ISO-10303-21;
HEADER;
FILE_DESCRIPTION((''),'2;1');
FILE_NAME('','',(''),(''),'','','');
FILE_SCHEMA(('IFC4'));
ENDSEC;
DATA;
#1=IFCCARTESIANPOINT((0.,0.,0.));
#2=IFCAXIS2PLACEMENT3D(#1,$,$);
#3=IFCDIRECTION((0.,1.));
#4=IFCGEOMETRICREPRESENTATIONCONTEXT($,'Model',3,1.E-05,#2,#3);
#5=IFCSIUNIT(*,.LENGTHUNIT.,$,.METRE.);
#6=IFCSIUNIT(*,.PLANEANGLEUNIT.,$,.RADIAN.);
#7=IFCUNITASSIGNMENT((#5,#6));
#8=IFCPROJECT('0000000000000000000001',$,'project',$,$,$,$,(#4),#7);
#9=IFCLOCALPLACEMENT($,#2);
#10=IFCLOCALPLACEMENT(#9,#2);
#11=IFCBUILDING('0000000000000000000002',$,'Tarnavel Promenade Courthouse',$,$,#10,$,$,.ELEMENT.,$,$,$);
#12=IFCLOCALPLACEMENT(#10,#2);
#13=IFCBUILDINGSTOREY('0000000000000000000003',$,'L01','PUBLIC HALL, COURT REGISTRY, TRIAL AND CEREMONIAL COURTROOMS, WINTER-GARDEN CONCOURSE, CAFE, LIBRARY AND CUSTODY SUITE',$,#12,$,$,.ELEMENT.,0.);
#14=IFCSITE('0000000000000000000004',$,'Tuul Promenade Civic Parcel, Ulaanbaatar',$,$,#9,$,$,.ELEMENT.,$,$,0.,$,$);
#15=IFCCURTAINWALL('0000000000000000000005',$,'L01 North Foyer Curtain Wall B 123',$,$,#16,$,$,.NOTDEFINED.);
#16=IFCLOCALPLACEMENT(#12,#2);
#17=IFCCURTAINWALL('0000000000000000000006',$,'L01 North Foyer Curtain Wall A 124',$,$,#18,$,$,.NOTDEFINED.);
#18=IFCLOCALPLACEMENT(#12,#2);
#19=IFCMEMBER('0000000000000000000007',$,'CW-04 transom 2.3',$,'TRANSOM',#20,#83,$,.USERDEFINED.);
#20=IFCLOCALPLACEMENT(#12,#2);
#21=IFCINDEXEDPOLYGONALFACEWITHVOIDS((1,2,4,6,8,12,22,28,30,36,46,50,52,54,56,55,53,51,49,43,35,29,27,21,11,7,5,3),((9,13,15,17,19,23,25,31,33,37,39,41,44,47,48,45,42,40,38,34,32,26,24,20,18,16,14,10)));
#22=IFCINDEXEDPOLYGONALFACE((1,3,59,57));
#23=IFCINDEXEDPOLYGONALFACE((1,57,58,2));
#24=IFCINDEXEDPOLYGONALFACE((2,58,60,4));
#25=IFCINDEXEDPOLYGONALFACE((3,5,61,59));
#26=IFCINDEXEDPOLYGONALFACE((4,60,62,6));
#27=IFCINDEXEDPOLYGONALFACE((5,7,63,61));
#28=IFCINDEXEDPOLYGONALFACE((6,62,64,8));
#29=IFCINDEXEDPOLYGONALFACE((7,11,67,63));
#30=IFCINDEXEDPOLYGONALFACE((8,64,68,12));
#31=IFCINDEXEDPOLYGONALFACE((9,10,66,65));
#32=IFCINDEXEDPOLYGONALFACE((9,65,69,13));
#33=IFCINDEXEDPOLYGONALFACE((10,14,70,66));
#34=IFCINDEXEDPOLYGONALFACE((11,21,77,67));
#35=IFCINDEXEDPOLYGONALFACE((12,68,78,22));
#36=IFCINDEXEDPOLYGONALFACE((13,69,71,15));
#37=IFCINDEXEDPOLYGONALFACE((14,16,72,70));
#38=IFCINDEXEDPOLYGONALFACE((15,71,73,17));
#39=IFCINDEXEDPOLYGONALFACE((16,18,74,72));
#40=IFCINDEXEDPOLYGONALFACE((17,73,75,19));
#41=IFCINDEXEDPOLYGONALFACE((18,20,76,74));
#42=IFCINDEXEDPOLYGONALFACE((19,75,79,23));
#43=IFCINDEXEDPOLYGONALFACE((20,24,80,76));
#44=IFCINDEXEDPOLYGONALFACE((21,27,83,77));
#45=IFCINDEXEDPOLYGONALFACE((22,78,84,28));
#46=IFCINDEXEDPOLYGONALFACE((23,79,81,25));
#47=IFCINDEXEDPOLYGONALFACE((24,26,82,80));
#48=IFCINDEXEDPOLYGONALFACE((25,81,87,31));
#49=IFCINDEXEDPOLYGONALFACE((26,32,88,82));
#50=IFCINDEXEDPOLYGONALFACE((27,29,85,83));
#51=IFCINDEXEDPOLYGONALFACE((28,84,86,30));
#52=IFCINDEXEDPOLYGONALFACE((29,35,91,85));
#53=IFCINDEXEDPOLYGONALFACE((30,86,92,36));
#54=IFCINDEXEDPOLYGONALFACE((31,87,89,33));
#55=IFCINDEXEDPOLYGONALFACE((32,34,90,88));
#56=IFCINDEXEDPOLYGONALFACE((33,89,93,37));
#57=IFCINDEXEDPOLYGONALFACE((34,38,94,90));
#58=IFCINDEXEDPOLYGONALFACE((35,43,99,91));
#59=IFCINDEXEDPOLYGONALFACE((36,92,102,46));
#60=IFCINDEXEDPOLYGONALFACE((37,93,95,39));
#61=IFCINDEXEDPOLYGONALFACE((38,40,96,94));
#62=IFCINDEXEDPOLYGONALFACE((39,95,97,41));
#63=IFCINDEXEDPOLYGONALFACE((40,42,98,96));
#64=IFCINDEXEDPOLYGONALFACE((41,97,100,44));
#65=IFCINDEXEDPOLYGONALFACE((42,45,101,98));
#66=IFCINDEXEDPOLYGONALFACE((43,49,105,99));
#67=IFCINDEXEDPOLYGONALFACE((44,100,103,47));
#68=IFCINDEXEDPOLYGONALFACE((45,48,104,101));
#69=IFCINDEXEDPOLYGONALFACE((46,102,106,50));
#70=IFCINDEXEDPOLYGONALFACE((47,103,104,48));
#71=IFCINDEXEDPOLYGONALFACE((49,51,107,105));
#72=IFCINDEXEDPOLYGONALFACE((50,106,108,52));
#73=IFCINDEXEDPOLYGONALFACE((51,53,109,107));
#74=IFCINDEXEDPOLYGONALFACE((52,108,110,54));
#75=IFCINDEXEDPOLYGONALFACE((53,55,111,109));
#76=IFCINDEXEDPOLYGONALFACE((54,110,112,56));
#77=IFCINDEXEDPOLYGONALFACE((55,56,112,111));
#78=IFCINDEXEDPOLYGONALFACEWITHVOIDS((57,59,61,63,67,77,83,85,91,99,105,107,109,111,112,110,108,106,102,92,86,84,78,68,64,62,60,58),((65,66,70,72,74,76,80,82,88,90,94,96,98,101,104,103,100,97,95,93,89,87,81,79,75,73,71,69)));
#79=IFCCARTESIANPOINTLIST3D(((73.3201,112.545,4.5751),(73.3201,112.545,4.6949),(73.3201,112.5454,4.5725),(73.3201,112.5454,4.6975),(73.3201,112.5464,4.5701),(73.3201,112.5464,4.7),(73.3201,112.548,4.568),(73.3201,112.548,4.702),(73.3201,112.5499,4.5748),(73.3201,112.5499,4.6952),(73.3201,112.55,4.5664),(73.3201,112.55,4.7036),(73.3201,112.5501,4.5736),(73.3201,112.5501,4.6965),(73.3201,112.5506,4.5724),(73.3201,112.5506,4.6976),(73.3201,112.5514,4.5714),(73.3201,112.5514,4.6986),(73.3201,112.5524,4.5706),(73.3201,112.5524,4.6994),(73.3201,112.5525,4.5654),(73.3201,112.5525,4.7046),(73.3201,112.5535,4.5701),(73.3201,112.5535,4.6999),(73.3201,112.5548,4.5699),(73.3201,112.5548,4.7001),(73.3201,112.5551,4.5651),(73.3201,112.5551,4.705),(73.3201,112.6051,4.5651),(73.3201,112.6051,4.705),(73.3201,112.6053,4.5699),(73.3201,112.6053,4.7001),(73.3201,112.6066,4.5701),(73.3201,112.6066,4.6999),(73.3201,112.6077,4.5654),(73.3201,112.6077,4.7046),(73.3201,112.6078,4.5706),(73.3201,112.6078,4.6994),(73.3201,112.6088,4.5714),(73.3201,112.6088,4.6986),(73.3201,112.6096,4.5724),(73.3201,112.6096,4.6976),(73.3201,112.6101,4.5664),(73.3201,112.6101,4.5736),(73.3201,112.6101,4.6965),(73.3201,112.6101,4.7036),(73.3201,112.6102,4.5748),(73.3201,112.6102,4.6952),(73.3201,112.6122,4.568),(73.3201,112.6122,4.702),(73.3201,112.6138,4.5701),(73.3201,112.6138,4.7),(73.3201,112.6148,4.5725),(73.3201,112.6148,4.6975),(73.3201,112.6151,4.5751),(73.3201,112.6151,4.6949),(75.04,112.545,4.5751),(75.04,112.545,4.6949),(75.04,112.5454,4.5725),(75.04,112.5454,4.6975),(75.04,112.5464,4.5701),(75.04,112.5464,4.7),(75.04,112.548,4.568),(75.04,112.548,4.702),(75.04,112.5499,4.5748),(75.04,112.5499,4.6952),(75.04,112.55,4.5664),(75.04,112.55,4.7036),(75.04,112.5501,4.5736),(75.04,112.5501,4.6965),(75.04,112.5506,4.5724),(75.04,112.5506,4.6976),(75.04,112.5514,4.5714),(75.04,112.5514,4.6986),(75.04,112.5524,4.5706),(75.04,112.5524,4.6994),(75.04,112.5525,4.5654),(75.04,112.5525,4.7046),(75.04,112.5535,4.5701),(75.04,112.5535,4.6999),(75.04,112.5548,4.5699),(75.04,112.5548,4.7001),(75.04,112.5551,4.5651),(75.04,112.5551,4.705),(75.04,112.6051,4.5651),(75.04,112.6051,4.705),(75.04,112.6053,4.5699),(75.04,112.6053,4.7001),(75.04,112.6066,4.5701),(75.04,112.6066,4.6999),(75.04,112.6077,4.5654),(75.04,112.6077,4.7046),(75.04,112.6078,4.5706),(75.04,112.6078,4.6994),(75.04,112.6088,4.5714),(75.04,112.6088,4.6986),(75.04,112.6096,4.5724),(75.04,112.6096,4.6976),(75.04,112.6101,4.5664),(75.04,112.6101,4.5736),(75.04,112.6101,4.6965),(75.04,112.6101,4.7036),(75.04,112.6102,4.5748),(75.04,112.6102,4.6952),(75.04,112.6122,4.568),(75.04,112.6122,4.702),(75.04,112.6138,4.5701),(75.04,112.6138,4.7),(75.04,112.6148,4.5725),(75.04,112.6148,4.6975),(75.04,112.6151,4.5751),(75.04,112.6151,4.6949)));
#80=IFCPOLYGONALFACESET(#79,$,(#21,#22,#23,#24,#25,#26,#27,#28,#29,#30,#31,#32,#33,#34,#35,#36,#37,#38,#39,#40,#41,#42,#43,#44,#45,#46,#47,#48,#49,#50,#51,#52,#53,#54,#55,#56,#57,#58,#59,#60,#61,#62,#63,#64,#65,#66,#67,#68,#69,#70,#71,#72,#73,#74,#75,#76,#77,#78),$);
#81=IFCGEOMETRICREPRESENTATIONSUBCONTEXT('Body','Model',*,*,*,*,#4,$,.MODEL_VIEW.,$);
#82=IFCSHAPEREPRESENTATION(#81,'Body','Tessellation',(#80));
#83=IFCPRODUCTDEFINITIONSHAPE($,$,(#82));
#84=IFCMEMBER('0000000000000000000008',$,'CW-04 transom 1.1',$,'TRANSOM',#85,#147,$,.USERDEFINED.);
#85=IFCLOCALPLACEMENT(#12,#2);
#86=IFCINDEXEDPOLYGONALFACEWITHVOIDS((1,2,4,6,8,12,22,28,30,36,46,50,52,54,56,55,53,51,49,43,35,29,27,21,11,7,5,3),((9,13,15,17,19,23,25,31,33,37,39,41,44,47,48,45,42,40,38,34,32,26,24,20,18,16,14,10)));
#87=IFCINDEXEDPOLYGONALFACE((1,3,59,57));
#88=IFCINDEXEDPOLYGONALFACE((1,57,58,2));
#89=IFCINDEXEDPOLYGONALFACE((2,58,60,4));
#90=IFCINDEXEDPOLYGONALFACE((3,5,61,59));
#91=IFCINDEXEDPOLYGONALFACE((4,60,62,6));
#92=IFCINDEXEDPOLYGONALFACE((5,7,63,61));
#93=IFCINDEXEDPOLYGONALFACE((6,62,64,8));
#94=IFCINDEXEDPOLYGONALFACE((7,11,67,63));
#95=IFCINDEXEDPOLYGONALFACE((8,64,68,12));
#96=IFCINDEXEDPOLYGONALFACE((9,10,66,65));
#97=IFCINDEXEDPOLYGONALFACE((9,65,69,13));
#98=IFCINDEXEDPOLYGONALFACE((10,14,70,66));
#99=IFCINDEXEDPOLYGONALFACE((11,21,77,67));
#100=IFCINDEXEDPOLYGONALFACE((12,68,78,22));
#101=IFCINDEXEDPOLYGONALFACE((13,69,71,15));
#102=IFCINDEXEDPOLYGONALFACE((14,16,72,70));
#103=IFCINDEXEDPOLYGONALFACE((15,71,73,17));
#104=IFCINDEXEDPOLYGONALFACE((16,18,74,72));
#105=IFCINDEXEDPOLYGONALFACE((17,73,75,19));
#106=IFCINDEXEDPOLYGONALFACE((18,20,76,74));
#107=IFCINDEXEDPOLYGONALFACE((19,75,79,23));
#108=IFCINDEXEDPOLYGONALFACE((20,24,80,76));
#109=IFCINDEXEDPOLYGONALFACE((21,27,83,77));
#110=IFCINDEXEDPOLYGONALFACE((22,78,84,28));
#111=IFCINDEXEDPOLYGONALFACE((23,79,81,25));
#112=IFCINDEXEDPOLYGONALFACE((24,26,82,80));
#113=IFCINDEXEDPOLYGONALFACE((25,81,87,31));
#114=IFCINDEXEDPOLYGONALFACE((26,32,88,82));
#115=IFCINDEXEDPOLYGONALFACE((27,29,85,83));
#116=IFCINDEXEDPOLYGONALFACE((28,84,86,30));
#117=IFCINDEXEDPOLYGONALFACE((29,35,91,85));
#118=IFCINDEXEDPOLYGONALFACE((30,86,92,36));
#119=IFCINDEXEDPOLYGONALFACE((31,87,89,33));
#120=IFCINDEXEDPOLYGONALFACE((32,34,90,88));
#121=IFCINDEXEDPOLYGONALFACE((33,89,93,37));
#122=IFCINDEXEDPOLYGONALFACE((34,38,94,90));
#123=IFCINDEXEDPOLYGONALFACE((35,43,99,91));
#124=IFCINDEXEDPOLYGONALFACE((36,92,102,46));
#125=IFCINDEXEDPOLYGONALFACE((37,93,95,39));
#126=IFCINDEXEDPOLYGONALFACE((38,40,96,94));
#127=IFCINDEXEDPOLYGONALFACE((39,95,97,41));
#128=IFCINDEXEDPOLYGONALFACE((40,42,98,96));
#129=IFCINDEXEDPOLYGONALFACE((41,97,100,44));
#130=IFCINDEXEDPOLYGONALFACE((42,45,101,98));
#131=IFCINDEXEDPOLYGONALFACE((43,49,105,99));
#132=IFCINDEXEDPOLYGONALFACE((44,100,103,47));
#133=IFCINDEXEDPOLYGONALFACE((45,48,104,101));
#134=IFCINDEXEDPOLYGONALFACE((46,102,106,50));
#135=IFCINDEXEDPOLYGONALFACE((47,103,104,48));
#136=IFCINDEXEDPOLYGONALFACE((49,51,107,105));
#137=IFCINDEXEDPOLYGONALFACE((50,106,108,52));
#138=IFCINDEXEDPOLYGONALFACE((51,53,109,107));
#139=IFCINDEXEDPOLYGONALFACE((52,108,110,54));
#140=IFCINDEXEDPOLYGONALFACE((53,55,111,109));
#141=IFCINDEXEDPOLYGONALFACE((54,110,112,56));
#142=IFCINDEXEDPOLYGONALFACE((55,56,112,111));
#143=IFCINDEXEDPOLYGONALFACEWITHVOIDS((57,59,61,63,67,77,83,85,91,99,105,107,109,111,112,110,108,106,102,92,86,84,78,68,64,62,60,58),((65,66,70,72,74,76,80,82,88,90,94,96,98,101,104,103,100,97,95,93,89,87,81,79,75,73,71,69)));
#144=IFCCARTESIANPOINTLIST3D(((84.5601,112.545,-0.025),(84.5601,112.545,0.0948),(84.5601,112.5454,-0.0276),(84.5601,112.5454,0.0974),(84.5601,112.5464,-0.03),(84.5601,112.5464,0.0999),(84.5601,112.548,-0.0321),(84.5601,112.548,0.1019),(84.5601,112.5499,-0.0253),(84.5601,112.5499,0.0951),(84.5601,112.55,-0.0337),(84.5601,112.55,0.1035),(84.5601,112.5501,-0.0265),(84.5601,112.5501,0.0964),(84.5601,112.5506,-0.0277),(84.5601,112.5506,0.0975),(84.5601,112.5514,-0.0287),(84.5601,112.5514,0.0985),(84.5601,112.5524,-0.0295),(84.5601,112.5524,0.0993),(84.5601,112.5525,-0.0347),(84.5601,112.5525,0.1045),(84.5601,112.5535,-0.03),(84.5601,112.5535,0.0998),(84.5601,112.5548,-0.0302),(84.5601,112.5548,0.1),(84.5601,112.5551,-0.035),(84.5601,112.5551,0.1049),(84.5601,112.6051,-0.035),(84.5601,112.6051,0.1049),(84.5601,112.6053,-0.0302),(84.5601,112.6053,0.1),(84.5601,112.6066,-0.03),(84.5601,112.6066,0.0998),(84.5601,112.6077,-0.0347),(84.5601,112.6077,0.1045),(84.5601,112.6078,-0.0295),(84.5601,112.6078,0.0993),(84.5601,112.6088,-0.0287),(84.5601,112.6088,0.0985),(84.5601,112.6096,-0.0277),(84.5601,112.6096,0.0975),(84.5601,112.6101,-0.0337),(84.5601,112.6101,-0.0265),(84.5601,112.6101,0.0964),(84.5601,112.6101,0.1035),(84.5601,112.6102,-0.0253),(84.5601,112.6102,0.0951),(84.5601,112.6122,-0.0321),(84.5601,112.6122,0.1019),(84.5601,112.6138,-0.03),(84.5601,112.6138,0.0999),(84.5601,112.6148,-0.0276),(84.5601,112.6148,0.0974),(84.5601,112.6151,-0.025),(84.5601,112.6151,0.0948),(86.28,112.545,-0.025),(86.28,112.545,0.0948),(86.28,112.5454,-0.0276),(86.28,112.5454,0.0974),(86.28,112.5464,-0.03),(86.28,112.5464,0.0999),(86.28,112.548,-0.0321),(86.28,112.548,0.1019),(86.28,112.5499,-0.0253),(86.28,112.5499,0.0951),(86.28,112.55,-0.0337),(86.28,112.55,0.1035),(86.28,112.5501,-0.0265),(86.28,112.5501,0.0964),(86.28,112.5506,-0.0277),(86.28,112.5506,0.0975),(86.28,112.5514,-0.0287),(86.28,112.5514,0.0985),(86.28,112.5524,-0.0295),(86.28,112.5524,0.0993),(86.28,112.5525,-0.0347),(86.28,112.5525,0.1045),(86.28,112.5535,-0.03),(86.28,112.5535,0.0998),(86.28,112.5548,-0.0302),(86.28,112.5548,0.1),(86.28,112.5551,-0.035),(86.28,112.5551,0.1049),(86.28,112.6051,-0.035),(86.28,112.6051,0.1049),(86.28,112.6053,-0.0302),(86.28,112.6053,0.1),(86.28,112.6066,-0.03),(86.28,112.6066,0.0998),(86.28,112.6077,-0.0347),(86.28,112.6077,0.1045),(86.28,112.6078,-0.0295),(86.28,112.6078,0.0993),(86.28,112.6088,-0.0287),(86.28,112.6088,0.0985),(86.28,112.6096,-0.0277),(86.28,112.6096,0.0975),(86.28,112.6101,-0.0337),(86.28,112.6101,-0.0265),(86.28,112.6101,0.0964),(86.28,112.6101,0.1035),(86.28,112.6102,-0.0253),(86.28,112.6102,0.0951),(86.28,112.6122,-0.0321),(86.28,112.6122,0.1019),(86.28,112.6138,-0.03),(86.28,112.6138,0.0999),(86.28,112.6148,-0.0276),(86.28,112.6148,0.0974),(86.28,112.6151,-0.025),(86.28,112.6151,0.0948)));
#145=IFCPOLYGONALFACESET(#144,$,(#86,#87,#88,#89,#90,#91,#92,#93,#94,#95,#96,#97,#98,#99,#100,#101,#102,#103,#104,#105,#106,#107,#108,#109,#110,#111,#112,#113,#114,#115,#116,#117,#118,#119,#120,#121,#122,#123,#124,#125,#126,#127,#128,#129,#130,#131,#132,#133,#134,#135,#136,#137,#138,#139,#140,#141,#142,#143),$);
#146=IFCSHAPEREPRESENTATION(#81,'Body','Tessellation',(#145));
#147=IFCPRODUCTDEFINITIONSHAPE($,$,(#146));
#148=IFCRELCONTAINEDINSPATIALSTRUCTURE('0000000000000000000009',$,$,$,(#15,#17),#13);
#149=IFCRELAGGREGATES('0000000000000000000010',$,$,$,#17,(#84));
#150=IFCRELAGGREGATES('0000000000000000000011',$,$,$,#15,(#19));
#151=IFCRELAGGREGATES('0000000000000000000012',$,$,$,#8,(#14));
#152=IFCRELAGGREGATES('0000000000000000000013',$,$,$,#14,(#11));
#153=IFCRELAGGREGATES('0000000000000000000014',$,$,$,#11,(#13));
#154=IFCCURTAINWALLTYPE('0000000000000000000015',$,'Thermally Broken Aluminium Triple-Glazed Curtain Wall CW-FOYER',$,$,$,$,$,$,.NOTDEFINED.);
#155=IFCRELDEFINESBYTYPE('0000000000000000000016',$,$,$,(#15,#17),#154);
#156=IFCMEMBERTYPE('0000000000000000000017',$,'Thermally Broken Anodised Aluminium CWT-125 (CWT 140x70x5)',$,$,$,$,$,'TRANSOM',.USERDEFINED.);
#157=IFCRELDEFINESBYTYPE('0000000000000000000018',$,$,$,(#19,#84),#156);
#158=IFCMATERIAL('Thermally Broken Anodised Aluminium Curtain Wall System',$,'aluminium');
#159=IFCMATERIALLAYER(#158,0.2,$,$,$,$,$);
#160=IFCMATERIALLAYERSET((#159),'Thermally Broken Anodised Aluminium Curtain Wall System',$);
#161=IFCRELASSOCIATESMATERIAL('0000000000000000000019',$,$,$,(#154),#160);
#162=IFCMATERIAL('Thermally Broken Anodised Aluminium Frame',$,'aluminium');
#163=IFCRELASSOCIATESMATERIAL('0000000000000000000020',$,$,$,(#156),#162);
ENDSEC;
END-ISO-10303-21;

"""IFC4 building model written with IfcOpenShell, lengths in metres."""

from ifc_helpers import new_model, si_unit, direction, frame, origin, origin_2d, place, context, subcontext, project, spatial, hollow_rectangle, extrude, material, layer, layer_set, material_profile, profile_set, type_object, element, aggregate, save


model = new_model("IFC4")

# Units and contexts
model_context = context("Model", 3, precision=1e-05, world=origin(), true_north=direction((0.0, 1.0)))
body_context = subcontext(model_context, "Body", "Model", "MODEL_VIEW")
ifc_project = project(units=[si_unit("LENGTHUNIT", "METRE"), si_unit("PLANEANGLEUNIT", "RADIAN")], contexts=[model_context])

# Site, building, storey
site_placement = place(None, origin())
site = spatial("IfcSite", under=ifc_project, at=site_placement, Name="Tuul Promenade Civic Parcel, Ulaanbaatar", CompositionType="ELEMENT", RefElevation=0.0)
building_placement = place(site_placement, origin())
building = spatial("IfcBuilding", under=site, at=building_placement, Name="Tarnavel Promenade Courthouse", CompositionType="ELEMENT")
storey_placement = place(building_placement, origin())
storey = spatial("IfcBuildingStorey", under=building, at=storey_placement, Name="L01", Description="PUBLIC HALL, COURT REGISTRY, TRIAL AND CEREMONIAL COURTROOMS, WINTER-GARDEN CONCOURSE, CAFE, LIBRARY AND CUSTODY SUITE", CompositionType="ELEMENT", Elevation=0.0)

# Shared definitions
ifc_material_1 = material(Name="Thermally Broken Anodised Aluminium Curtain Wall System", Category="aluminium")
ifc_layer_1 = layer(ifc_material_1, 0.2)
ifc_layer_set_1 = layer_set([ifc_layer_1], Name="Thermally Broken Anodised Aluminium Curtain Wall System")
curtain_wall_type = type_object("IfcCurtainWallType", Name="Thermally Broken Aluminium Triple-Glazed Curtain Wall CW-FOYER", PredefinedType="NOTDEFINED", material=ifc_layer_set_1)
ifc_material_2 = material(Name="Thermally Broken Anodised Aluminium Frame", Category="aluminium")

# Curtain wall
curtain_wall_1_placement = place(storey_placement, origin())
curtain_wall_1 = element("IfcCurtainWall", 1, at=curtain_wall_1_placement, inside=storey, type_object=curtain_wall_type, Name="L01 North Foyer Curtain Wall B 123", PredefinedType="NOTDEFINED")

# Curtain wall
curtain_wall_2_placement = place(storey_placement, origin())
curtain_wall_2 = element("IfcCurtainWall", 2, at=curtain_wall_2_placement, inside=storey, type_object=curtain_wall_type, Name="L01 North Foyer Curtain Wall A 124", PredefinedType="NOTDEFINED")

# Members
ifc_material_profile_1 = material_profile(ifc_material_2, hollow_rectangle(XDim=0.0701, YDim=0.1399, WallThickness=0.0049, InnerFilletRadius=0.0049, OuterFilletRadius=0.01, at=origin_2d()), Name="CWT 140x70x5")
ifc_profile_set_1 = profile_set([ifc_material_profile_1], Name="Thermally Broken Anodised Aluminium Frame")
member_type_1 = type_object("IfcMemberType", Name="Thermally Broken Anodised Aluminium CWT-125 (CWT 140x70x5)", ElementType="TRANSOM", PredefinedType="USERDEFINED", material=ifc_profile_set_1)
member_1_placement = place(storey_placement, frame((73.3201, 112.5801, 4.635), z_axis=(1.0, 0.0, 0.0), x_axis=(0.0, 1.0, 0.0)))
member_1 = element("IfcMember", 3, at=member_1_placement, type_object=member_type_1, Name="CW-04 transom 2.3", ObjectType="TRANSOM", PredefinedType="USERDEFINED", context=body_context, shape_type="SweptSolid", body=[
    extrude(hollow_rectangle(XDim=0.0701, YDim=0.1399, WallThickness=0.0049, InnerFilletRadius=0.0049, OuterFilletRadius=0.01, at=origin_2d()), origin(), (0.0, 0.0, 1.0), 1.72),
])
member_2_placement = place(storey_placement, frame((84.5601, 112.5801, 0.0349), z_axis=(1.0, 0.0, 0.0), x_axis=(0.0, 1.0, 0.0)))
member_2 = element("IfcMember", 4, at=member_2_placement, type_object=member_type_1, Name="CW-04 transom 1.1", ObjectType="TRANSOM", PredefinedType="USERDEFINED", context=body_context, shape_type="SweptSolid", body=[
    extrude(hollow_rectangle(XDim=0.0701, YDim=0.1399, WallThickness=0.0049, InnerFilletRadius=0.0049, OuterFilletRadius=0.01, at=origin_2d()), origin(), (0.0, 0.0, 1.0), 1.72),
])
aggregate(curtain_wall_2, [member_2])

aggregate(curtain_wall_1, [member_1])

save(model, "model.ifc")
